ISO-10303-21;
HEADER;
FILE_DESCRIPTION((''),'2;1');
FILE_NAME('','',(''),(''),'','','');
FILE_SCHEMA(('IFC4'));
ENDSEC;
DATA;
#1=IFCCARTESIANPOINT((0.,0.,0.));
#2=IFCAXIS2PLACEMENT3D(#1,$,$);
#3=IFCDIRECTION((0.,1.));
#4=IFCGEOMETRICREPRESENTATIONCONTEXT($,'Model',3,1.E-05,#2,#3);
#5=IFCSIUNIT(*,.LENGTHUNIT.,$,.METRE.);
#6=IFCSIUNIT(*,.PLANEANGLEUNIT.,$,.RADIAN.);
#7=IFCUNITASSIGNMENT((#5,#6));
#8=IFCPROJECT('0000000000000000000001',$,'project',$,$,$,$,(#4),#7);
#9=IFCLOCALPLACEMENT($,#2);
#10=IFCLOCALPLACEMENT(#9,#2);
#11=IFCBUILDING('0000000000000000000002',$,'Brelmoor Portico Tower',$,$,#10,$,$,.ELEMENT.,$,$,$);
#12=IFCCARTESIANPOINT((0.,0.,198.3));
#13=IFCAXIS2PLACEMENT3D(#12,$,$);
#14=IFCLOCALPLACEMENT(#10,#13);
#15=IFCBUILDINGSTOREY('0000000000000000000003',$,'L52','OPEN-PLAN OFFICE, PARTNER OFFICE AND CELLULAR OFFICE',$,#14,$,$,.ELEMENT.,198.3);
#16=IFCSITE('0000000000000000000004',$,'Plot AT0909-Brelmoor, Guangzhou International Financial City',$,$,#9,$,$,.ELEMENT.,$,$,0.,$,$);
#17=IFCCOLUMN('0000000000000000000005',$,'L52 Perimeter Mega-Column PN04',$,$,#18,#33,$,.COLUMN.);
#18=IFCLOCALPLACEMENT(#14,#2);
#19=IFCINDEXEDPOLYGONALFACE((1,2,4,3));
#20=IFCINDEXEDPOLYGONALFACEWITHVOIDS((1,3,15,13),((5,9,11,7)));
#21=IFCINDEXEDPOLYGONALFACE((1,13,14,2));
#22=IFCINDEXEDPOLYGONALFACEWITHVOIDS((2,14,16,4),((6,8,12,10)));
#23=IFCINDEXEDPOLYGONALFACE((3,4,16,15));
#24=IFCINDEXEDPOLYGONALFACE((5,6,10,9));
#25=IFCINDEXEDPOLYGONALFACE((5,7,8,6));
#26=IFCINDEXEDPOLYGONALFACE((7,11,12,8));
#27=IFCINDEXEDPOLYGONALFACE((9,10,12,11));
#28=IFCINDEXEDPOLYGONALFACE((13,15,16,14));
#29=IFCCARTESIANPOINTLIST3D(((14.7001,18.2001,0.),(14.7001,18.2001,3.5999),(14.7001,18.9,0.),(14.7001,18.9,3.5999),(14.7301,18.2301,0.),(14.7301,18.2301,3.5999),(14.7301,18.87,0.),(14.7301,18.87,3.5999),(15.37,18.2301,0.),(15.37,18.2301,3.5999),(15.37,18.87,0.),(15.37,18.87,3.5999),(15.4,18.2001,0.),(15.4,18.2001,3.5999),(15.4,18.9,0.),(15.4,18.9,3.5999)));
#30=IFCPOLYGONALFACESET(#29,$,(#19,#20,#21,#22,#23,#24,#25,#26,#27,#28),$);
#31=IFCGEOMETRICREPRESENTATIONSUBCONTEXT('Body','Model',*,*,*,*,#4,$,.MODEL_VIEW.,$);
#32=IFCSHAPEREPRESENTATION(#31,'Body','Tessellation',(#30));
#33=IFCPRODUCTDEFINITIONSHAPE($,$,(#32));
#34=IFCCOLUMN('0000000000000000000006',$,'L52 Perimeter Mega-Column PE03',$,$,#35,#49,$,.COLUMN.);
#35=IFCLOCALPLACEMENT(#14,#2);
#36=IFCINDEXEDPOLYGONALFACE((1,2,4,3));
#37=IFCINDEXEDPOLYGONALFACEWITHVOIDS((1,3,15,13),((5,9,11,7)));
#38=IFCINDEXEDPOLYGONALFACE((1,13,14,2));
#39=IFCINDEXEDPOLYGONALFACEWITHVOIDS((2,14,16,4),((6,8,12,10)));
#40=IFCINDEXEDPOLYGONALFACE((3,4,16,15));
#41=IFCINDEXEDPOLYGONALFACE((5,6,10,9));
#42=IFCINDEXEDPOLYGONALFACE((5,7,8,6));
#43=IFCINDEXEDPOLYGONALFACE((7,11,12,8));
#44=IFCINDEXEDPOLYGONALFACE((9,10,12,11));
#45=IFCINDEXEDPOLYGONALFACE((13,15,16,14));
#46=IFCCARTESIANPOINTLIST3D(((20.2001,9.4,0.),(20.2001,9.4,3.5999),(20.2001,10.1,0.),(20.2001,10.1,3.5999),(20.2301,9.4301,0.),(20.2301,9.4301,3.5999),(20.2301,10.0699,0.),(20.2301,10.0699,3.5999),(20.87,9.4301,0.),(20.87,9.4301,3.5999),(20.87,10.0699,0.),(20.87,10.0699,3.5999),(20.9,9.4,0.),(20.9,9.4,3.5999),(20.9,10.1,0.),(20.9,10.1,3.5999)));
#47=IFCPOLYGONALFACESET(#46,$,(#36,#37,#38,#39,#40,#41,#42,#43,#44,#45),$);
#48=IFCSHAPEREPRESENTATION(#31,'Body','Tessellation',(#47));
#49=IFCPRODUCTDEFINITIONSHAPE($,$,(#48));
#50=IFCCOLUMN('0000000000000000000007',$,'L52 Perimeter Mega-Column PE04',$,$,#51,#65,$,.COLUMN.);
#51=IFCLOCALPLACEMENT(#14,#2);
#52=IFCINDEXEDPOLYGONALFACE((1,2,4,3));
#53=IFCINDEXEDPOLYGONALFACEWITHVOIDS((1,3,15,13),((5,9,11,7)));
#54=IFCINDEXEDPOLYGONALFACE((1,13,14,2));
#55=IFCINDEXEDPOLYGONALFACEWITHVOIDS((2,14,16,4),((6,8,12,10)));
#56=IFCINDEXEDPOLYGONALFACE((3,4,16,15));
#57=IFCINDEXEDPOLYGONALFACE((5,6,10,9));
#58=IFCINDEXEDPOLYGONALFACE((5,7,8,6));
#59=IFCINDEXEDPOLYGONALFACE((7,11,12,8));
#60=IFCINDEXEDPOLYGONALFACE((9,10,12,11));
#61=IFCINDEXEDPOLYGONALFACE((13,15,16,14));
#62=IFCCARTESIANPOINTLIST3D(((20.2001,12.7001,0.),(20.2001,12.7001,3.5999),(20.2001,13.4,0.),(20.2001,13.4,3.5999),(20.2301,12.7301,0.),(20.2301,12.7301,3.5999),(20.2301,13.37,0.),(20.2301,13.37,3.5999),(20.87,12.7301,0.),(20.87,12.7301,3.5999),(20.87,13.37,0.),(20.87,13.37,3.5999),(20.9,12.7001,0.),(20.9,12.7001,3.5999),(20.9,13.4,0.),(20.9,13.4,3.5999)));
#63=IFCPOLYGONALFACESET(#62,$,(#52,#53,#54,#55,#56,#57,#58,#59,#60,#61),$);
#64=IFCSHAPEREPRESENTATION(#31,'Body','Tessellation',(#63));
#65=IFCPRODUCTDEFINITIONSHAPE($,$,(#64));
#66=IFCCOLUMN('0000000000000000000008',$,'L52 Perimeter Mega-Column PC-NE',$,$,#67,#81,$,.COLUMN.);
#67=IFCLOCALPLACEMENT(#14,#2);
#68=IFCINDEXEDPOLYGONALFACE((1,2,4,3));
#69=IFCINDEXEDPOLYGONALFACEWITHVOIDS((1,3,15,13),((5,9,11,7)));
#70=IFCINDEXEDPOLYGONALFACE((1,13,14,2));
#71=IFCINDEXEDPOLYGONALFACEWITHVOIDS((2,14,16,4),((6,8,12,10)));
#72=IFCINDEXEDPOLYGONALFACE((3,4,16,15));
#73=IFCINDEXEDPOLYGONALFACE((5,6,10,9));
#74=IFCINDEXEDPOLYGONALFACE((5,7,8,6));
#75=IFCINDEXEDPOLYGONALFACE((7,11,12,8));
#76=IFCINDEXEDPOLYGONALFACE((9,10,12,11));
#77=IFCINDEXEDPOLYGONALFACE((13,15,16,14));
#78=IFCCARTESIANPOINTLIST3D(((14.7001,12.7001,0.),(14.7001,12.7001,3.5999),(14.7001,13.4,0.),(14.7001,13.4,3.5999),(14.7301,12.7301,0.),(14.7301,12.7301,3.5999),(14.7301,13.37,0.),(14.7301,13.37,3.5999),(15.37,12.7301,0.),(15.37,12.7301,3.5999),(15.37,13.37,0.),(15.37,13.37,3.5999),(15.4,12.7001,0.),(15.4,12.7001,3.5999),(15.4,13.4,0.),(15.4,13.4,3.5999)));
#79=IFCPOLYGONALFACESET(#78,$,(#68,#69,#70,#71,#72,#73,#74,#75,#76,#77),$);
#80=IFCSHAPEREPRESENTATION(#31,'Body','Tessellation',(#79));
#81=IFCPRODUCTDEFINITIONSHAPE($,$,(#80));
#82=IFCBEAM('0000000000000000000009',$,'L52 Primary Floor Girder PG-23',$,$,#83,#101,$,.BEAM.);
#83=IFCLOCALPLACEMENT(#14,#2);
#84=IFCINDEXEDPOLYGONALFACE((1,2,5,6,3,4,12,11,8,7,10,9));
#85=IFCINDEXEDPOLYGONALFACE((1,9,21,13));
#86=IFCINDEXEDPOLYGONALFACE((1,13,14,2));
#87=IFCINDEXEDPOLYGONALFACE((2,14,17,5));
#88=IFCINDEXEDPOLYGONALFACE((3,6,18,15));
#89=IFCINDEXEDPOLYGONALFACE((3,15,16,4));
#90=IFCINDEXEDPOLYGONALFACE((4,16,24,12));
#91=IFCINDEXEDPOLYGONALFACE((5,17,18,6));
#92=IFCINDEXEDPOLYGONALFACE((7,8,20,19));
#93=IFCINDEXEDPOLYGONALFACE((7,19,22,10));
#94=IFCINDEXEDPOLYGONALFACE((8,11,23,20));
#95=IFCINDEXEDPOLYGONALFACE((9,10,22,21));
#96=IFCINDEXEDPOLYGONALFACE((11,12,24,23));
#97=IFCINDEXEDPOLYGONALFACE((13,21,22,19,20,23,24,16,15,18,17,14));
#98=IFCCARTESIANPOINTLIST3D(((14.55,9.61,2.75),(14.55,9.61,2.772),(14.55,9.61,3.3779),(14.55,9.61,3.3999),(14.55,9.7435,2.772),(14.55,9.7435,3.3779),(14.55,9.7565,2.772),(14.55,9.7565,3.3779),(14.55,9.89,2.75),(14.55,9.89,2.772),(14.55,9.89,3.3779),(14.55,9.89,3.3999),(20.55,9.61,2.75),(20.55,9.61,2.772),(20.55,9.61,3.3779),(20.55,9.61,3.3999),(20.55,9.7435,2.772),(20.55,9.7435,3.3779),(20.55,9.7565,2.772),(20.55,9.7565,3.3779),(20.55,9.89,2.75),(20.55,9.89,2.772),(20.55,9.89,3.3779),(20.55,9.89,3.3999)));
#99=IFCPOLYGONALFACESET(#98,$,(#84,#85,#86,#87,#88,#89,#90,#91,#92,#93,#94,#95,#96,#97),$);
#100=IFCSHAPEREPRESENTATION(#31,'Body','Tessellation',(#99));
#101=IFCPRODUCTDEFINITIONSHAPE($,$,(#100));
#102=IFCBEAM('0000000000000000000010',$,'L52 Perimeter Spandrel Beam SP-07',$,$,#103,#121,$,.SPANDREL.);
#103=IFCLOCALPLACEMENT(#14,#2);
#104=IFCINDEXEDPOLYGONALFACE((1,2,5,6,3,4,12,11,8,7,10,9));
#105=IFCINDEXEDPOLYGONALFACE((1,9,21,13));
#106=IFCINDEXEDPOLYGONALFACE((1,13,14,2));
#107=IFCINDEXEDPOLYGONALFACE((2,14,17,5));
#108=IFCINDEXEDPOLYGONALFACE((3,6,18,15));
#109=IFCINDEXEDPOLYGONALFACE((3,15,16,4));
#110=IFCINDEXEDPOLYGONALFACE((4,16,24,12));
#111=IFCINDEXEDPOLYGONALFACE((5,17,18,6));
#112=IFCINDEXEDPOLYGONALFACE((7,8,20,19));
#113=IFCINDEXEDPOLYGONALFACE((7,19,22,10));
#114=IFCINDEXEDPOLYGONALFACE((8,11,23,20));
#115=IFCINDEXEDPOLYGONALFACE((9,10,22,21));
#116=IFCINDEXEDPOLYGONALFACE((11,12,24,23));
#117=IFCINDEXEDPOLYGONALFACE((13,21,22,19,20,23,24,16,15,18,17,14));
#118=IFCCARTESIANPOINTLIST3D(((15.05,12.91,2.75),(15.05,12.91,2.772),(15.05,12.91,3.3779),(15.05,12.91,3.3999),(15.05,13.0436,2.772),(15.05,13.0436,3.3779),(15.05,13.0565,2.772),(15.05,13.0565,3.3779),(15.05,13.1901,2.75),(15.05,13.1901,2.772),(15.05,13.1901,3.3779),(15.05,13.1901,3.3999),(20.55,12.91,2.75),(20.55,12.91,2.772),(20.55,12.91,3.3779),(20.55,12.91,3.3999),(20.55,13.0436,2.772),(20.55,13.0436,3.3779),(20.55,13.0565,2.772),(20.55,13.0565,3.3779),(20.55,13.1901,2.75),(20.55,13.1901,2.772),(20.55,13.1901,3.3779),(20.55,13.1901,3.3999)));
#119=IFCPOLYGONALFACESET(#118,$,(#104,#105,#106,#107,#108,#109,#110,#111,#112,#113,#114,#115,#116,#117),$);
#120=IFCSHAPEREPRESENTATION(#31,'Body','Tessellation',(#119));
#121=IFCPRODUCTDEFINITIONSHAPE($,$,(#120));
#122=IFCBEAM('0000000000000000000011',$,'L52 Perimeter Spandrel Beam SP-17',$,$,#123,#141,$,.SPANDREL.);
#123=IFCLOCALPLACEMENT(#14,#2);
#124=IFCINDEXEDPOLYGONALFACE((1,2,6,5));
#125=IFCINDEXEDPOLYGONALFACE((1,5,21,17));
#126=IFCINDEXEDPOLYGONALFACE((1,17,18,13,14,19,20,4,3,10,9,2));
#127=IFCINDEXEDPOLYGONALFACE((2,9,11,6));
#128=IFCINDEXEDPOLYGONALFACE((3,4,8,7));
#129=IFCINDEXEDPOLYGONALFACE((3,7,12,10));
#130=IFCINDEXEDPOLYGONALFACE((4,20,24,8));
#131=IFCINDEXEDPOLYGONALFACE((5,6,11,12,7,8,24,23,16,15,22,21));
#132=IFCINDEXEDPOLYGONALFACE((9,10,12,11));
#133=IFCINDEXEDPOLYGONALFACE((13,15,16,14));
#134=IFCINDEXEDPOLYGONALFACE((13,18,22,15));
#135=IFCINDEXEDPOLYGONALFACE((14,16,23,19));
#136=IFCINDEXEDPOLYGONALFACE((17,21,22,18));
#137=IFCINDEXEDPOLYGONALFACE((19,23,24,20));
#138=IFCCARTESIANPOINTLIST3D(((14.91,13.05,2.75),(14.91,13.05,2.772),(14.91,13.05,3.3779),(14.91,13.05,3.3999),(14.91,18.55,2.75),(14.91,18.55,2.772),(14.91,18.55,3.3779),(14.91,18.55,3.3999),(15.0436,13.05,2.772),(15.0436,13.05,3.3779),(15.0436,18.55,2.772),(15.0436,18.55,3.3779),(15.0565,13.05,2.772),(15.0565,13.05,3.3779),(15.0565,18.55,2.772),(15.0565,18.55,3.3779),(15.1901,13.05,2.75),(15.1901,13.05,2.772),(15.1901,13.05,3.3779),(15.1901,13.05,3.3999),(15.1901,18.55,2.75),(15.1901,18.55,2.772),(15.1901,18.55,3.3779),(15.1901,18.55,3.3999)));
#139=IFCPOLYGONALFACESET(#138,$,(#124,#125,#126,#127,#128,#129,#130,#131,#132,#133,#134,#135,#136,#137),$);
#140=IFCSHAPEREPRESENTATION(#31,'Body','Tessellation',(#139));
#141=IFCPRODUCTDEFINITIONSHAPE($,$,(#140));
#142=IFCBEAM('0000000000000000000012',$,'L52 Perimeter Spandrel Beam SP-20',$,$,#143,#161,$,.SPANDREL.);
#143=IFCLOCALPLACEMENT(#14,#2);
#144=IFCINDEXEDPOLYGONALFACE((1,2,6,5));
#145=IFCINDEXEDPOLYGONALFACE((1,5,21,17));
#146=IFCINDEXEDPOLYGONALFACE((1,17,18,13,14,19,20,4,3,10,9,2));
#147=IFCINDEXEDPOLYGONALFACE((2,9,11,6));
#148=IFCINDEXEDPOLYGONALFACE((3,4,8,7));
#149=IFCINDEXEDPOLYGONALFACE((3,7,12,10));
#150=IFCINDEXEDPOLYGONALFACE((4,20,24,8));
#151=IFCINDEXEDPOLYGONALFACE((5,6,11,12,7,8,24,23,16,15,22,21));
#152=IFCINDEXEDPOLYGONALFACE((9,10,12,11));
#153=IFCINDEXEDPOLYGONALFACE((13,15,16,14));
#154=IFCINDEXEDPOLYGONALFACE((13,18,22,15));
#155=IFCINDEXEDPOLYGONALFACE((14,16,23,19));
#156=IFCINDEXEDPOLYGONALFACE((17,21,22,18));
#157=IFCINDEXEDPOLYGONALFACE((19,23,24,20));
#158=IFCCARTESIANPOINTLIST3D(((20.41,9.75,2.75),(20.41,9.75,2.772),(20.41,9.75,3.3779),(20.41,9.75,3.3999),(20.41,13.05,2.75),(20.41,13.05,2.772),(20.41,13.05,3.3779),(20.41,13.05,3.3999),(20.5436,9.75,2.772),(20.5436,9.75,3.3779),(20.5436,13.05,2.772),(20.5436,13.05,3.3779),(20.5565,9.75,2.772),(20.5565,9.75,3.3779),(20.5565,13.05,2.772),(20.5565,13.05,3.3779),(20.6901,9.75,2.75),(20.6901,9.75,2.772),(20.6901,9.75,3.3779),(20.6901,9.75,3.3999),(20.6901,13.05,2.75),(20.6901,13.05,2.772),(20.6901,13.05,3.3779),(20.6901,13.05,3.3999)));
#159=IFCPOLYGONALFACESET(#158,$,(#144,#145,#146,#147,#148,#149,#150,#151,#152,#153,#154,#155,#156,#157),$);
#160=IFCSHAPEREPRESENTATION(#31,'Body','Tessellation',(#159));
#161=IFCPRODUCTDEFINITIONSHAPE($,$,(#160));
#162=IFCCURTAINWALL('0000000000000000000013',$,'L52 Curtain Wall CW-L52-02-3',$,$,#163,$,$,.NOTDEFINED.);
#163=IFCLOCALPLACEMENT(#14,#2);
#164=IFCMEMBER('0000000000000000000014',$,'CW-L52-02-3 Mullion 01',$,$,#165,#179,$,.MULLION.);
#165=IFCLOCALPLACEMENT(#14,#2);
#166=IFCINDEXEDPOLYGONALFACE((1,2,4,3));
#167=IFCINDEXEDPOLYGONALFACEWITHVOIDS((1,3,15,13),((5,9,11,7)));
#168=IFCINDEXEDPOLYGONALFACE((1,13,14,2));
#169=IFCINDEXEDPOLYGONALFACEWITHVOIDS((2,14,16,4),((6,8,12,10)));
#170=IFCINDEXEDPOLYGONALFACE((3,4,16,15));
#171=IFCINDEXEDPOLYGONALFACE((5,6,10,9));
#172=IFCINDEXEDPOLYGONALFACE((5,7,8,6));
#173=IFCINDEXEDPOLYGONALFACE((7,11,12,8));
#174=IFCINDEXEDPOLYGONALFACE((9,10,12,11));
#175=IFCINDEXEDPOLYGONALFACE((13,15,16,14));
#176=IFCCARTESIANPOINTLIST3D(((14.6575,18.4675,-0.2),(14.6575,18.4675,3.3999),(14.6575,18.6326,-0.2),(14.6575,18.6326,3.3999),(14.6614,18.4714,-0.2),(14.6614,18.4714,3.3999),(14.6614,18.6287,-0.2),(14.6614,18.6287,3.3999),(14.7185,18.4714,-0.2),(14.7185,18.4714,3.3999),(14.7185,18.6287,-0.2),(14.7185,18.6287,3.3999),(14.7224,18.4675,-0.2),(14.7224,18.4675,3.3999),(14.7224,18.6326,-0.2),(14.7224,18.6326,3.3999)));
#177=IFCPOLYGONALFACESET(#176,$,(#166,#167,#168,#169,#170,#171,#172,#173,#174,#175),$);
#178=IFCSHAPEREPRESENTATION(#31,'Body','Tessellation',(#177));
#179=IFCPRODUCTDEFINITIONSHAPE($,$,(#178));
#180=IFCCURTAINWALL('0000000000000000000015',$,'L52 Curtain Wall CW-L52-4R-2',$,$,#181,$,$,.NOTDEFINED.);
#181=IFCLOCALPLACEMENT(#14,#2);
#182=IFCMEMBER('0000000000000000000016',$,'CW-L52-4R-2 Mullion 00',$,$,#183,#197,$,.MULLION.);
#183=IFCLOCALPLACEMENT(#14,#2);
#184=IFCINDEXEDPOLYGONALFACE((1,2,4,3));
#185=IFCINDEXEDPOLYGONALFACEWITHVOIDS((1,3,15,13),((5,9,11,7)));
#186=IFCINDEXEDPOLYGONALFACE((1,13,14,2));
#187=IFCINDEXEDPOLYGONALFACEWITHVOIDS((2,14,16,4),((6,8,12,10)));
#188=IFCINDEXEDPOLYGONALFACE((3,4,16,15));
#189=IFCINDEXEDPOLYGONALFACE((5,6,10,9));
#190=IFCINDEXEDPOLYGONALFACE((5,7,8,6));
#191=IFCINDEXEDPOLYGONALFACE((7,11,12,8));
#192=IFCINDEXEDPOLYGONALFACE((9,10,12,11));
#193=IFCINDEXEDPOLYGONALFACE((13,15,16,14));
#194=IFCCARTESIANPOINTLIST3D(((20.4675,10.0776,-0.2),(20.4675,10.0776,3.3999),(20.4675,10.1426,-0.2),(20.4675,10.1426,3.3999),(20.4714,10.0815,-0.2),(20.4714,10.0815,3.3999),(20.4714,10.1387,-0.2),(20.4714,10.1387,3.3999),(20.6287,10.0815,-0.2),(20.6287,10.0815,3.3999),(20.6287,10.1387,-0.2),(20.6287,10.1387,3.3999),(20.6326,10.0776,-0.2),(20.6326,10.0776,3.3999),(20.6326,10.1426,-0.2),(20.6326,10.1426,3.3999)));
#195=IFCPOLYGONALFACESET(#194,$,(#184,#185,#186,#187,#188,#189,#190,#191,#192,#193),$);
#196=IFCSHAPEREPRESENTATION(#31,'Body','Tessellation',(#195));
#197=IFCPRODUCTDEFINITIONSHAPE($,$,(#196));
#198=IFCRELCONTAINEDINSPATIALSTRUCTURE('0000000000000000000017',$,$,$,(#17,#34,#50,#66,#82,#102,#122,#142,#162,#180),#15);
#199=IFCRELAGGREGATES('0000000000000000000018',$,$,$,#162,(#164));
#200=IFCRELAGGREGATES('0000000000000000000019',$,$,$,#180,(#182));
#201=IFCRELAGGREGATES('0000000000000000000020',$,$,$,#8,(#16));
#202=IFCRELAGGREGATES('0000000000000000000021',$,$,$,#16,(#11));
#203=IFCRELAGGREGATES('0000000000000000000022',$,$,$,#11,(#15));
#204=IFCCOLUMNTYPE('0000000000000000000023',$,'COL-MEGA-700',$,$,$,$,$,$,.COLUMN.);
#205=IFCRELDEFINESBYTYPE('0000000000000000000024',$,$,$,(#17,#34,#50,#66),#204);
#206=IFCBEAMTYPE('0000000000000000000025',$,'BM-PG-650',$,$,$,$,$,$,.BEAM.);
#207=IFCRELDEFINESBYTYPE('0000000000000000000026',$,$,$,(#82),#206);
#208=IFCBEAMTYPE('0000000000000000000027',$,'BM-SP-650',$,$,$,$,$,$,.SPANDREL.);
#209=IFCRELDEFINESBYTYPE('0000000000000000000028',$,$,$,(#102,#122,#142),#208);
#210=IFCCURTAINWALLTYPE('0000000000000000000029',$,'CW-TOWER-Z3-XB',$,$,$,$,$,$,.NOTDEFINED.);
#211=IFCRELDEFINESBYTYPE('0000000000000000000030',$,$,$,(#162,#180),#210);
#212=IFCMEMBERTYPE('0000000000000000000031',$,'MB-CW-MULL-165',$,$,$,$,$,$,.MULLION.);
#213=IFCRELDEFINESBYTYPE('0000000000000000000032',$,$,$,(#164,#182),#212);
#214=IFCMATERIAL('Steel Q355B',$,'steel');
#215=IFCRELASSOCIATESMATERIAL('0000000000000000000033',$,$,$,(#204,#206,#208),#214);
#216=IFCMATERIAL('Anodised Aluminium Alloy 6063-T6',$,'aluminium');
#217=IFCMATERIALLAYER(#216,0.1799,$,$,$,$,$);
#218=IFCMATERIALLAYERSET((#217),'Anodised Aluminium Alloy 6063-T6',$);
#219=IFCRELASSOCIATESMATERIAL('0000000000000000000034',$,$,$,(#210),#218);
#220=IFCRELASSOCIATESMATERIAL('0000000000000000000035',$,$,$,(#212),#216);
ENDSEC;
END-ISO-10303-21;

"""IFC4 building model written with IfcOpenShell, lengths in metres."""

from ifc_helpers import new_model, si_unit, direction, frame, origin, origin_2d, place, context, subcontext, project, spatial, hollow_rectangle, i_section, extrude, material, layer, layer_set, material_profile, profile_set, type_object, element, aggregate, save


model = new_model("IFC4")

# Units and contexts
model_context = context("Model", 3, precision=1e-05, world=origin(), true_north=direction((0.0, 1.0)))
body_context = subcontext(model_context, "Body", "Model", "MODEL_VIEW")
ifc_project = project(units=[si_unit("LENGTHUNIT", "METRE"), si_unit("PLANEANGLEUNIT", "RADIAN")], contexts=[model_context])

# Site, building, storey
site_placement = place(None, origin())
site = spatial("IfcSite", under=ifc_project, at=site_placement, Name="Plot AT0909-Brelmoor, Guangzhou International Financial City", CompositionType="ELEMENT", RefElevation=0.0)
building_placement = place(site_placement, origin())
building = spatial("IfcBuilding", under=site, at=building_placement, Name="Brelmoor Portico Tower", CompositionType="ELEMENT")
storey_placement = place(building_placement, frame((0.0, 0.0, 198.3)))
storey = spatial("IfcBuildingStorey", under=building, at=storey_placement, Name="L52", Description="OPEN-PLAN OFFICE, PARTNER OFFICE AND CELLULAR OFFICE", CompositionType="ELEMENT", Elevation=198.3)

# Columns
ifc_material_1 = material(Name="Steel Q355B", Category="steel")
ifc_material_profile_1 = material_profile(ifc_material_1, hollow_rectangle(XDim=0.7, YDim=0.7, WallThickness=0.03, at=origin_2d()), Name="BOX 700x700x30")
ifc_profile_set_1 = profile_set([ifc_material_profile_1], Name="Steel Q355B")
column_type = type_object("IfcColumnType", Name="COL-MEGA-700", PredefinedType="COLUMN", material=ifc_profile_set_1)
for number, where, z_axis, x_axis, name in (
    (1, (15.05, 18.55, 0.0), (0.0, 0.0, 1.0), (1.0, 0.0, 0.0), "L52 Perimeter Mega-Column PN04"),
    (2, (20.55, 9.75, 0.0), (0.0, 0.0, 1.0), (0.0, 1.0, 0.0), "L52 Perimeter Mega-Column PE03"),
    (3, (20.55, 13.05, 0.0), (0.0, 0.0, 1.0), (0.0, 1.0, 0.0), "L52 Perimeter Mega-Column PE04"),
    (4, (15.05, 13.05, 0.0), (0.0, 0.0, 1.0), (1.0, 0.0, 0.0), "L52 Perimeter Mega-Column PC-NE"),
):
    element("IfcColumn", number, at=place(storey_placement, frame(where, z_axis=z_axis, x_axis=x_axis)), inside=storey, type_object=column_type, Name=name, PredefinedType="COLUMN", context=body_context, shape_type="SweptSolid", body=[
        extrude(hollow_rectangle(XDim=0.7, YDim=0.7, WallThickness=0.03, at=origin_2d()), origin(), (0.0, 0.0, 1.0), 3.5999),
    ])

# Beams
ifc_material_profile_2 = material_profile(ifc_material_1, i_section(OverallWidth=0.28, OverallDepth=0.6499, WebThickness=0.0129, FlangeThickness=0.022, at=origin_2d()), Name="HN 650x280x13x22")
ifc_profile_set_2 = profile_set([ifc_material_profile_2], Name="Steel Q355B")
beam_type_1 = type_object("IfcBeamType", Name="BM-PG-650", PredefinedType="BEAM", material=ifc_profile_set_2)
beam_1_placement = place(storey_placement, frame((14.55, 9.75, 3.075), z_axis=(1.0, 0.0, 0.0), x_axis=(0.0, 1.0, 0.0)))
element("IfcBeam", 5, at=beam_1_placement, inside=storey, type_object=beam_type_1, Name="L52 Primary Floor Girder PG-23", PredefinedType="BEAM", context=body_context, shape_type="SweptSolid", body=[
    extrude(i_section(OverallWidth=0.28, OverallDepth=0.6499, WebThickness=0.0129, FlangeThickness=0.022, at=origin_2d()), origin(), (0.0, 0.0, 1.0), 6.0),
])
ifc_material_profile_3 = material_profile(ifc_material_1, i_section(OverallWidth=0.28, OverallDepth=0.6499, WebThickness=0.0129, FlangeThickness=0.022, at=origin_2d()), Name="HN 650x280x13x22")
ifc_profile_set_3 = profile_set([ifc_material_profile_3], Name="Steel Q355B")
beam_type_2 = type_object("IfcBeamType", Name="BM-SP-650", PredefinedType="SPANDREL", material=ifc_profile_set_3)
for number, where, z_axis, x_axis, name in (
    (6, (15.05, 13.05, 3.075), (1.0, 0.0, 0.0), (0.0, 1.0, 0.0), "L52 Perimeter Spandrel Beam SP-07"),
    (7, (15.05, 13.05, 3.075), (0.0, 1.0, 0.0), (-1.0, 0.0, 0.0), "L52 Perimeter Spandrel Beam SP-17"),
):
    element("IfcBeam", number, at=place(storey_placement, frame(where, z_axis=z_axis, x_axis=x_axis)), inside=storey, type_object=beam_type_2, Name=name, PredefinedType="SPANDREL", context=body_context, shape_type="SweptSolid", body=[
        extrude(i_section(OverallWidth=0.28, OverallDepth=0.6499, WebThickness=0.0129, FlangeThickness=0.022, at=origin_2d()), origin(), (0.0, 0.0, 1.0), 5.5),
    ])
beam_2_placement = place(storey_placement, frame((20.55, 9.75, 3.075), z_axis=(0.0, 1.0, 0.0), x_axis=(-1.0, 0.0, 0.0)))
element("IfcBeam", 8, at=beam_2_placement, inside=storey, type_object=beam_type_2, Name="L52 Perimeter Spandrel Beam SP-20", PredefinedType="SPANDREL", context=body_context, shape_type="SweptSolid", body=[
    extrude(i_section(OverallWidth=0.28, OverallDepth=0.6499, WebThickness=0.0129, FlangeThickness=0.022, at=origin_2d()), origin(), (0.0, 0.0, 1.0), 3.3),
])

# Curtain wall, member
ifc_material_2 = material(Name="Anodised Aluminium Alloy 6063-T6", Category="aluminium")
ifc_layer_1 = layer(ifc_material_2, 0.1799)
ifc_layer_set_1 = layer_set([ifc_layer_1], Name="Anodised Aluminium Alloy 6063-T6")
curtain_wall_type = type_object("IfcCurtainWallType", Name="CW-TOWER-Z3-XB", PredefinedType="NOTDEFINED", material=ifc_layer_set_1)
curtain_wall_1_placement = place(storey_placement, origin())
curtain_wall_1 = element("IfcCurtainWall", 9, at=curtain_wall_1_placement, inside=storey, type_object=curtain_wall_type, Name="L52 Curtain Wall CW-L52-02-3", PredefinedType="NOTDEFINED")
ifc_material_profile_4 = material_profile(ifc_material_2, hollow_rectangle(XDim=0.0649, YDim=0.165, WallThickness=0.0039, at=origin_2d()), Name="ALU MULLION 65x165")
ifc_profile_set_4 = profile_set([ifc_material_profile_4], Name="Anodised Aluminium Alloy 6063-T6")
member_type_1 = type_object("IfcMemberType", Name="MB-CW-MULL-165", PredefinedType="MULLION", material=ifc_profile_set_4)
member_1_placement = place(storey_placement, frame((14.6899, 18.55, -0.2), z_axis=(0.0, 0.0, 1.0), x_axis=(1.0, 0.0, 0.0)))
member_1 = element("IfcMember", 10, at=member_1_placement, type_object=member_type_1, Name="CW-L52-02-3 Mullion 01", PredefinedType="MULLION", context=body_context, shape_type="SweptSolid", body=[
    extrude(hollow_rectangle(XDim=0.0649, YDim=0.165, WallThickness=0.0039, at=origin_2d()), origin(), (0.0, 0.0, 1.0), 3.5999),
])
aggregate(curtain_wall_1, [member_1])

# Curtain wall, member
curtain_wall_2_placement = place(storey_placement, origin())
curtain_wall_2 = element("IfcCurtainWall", 11, at=curtain_wall_2_placement, inside=storey, type_object=curtain_wall_type, Name="L52 Curtain Wall CW-L52-4R-2", PredefinedType="NOTDEFINED")
member_2_placement = place(storey_placement, frame((20.55, 10.1101, -0.2), z_axis=(0.0, 0.0, 1.0), x_axis=(0.0, 1.0, 0.0)))
member_2 = element("IfcMember", 12, at=member_2_placement, type_object=member_type_1, Name="CW-L52-4R-2 Mullion 00", PredefinedType="MULLION", context=body_context, shape_type="SweptSolid", body=[
    extrude(hollow_rectangle(XDim=0.0649, YDim=0.165, WallThickness=0.0039, at=origin_2d()), origin(), (0.0, 0.0, 1.0), 3.5999),
])
aggregate(curtain_wall_2, [member_2])

save(model, "model.ifc")
